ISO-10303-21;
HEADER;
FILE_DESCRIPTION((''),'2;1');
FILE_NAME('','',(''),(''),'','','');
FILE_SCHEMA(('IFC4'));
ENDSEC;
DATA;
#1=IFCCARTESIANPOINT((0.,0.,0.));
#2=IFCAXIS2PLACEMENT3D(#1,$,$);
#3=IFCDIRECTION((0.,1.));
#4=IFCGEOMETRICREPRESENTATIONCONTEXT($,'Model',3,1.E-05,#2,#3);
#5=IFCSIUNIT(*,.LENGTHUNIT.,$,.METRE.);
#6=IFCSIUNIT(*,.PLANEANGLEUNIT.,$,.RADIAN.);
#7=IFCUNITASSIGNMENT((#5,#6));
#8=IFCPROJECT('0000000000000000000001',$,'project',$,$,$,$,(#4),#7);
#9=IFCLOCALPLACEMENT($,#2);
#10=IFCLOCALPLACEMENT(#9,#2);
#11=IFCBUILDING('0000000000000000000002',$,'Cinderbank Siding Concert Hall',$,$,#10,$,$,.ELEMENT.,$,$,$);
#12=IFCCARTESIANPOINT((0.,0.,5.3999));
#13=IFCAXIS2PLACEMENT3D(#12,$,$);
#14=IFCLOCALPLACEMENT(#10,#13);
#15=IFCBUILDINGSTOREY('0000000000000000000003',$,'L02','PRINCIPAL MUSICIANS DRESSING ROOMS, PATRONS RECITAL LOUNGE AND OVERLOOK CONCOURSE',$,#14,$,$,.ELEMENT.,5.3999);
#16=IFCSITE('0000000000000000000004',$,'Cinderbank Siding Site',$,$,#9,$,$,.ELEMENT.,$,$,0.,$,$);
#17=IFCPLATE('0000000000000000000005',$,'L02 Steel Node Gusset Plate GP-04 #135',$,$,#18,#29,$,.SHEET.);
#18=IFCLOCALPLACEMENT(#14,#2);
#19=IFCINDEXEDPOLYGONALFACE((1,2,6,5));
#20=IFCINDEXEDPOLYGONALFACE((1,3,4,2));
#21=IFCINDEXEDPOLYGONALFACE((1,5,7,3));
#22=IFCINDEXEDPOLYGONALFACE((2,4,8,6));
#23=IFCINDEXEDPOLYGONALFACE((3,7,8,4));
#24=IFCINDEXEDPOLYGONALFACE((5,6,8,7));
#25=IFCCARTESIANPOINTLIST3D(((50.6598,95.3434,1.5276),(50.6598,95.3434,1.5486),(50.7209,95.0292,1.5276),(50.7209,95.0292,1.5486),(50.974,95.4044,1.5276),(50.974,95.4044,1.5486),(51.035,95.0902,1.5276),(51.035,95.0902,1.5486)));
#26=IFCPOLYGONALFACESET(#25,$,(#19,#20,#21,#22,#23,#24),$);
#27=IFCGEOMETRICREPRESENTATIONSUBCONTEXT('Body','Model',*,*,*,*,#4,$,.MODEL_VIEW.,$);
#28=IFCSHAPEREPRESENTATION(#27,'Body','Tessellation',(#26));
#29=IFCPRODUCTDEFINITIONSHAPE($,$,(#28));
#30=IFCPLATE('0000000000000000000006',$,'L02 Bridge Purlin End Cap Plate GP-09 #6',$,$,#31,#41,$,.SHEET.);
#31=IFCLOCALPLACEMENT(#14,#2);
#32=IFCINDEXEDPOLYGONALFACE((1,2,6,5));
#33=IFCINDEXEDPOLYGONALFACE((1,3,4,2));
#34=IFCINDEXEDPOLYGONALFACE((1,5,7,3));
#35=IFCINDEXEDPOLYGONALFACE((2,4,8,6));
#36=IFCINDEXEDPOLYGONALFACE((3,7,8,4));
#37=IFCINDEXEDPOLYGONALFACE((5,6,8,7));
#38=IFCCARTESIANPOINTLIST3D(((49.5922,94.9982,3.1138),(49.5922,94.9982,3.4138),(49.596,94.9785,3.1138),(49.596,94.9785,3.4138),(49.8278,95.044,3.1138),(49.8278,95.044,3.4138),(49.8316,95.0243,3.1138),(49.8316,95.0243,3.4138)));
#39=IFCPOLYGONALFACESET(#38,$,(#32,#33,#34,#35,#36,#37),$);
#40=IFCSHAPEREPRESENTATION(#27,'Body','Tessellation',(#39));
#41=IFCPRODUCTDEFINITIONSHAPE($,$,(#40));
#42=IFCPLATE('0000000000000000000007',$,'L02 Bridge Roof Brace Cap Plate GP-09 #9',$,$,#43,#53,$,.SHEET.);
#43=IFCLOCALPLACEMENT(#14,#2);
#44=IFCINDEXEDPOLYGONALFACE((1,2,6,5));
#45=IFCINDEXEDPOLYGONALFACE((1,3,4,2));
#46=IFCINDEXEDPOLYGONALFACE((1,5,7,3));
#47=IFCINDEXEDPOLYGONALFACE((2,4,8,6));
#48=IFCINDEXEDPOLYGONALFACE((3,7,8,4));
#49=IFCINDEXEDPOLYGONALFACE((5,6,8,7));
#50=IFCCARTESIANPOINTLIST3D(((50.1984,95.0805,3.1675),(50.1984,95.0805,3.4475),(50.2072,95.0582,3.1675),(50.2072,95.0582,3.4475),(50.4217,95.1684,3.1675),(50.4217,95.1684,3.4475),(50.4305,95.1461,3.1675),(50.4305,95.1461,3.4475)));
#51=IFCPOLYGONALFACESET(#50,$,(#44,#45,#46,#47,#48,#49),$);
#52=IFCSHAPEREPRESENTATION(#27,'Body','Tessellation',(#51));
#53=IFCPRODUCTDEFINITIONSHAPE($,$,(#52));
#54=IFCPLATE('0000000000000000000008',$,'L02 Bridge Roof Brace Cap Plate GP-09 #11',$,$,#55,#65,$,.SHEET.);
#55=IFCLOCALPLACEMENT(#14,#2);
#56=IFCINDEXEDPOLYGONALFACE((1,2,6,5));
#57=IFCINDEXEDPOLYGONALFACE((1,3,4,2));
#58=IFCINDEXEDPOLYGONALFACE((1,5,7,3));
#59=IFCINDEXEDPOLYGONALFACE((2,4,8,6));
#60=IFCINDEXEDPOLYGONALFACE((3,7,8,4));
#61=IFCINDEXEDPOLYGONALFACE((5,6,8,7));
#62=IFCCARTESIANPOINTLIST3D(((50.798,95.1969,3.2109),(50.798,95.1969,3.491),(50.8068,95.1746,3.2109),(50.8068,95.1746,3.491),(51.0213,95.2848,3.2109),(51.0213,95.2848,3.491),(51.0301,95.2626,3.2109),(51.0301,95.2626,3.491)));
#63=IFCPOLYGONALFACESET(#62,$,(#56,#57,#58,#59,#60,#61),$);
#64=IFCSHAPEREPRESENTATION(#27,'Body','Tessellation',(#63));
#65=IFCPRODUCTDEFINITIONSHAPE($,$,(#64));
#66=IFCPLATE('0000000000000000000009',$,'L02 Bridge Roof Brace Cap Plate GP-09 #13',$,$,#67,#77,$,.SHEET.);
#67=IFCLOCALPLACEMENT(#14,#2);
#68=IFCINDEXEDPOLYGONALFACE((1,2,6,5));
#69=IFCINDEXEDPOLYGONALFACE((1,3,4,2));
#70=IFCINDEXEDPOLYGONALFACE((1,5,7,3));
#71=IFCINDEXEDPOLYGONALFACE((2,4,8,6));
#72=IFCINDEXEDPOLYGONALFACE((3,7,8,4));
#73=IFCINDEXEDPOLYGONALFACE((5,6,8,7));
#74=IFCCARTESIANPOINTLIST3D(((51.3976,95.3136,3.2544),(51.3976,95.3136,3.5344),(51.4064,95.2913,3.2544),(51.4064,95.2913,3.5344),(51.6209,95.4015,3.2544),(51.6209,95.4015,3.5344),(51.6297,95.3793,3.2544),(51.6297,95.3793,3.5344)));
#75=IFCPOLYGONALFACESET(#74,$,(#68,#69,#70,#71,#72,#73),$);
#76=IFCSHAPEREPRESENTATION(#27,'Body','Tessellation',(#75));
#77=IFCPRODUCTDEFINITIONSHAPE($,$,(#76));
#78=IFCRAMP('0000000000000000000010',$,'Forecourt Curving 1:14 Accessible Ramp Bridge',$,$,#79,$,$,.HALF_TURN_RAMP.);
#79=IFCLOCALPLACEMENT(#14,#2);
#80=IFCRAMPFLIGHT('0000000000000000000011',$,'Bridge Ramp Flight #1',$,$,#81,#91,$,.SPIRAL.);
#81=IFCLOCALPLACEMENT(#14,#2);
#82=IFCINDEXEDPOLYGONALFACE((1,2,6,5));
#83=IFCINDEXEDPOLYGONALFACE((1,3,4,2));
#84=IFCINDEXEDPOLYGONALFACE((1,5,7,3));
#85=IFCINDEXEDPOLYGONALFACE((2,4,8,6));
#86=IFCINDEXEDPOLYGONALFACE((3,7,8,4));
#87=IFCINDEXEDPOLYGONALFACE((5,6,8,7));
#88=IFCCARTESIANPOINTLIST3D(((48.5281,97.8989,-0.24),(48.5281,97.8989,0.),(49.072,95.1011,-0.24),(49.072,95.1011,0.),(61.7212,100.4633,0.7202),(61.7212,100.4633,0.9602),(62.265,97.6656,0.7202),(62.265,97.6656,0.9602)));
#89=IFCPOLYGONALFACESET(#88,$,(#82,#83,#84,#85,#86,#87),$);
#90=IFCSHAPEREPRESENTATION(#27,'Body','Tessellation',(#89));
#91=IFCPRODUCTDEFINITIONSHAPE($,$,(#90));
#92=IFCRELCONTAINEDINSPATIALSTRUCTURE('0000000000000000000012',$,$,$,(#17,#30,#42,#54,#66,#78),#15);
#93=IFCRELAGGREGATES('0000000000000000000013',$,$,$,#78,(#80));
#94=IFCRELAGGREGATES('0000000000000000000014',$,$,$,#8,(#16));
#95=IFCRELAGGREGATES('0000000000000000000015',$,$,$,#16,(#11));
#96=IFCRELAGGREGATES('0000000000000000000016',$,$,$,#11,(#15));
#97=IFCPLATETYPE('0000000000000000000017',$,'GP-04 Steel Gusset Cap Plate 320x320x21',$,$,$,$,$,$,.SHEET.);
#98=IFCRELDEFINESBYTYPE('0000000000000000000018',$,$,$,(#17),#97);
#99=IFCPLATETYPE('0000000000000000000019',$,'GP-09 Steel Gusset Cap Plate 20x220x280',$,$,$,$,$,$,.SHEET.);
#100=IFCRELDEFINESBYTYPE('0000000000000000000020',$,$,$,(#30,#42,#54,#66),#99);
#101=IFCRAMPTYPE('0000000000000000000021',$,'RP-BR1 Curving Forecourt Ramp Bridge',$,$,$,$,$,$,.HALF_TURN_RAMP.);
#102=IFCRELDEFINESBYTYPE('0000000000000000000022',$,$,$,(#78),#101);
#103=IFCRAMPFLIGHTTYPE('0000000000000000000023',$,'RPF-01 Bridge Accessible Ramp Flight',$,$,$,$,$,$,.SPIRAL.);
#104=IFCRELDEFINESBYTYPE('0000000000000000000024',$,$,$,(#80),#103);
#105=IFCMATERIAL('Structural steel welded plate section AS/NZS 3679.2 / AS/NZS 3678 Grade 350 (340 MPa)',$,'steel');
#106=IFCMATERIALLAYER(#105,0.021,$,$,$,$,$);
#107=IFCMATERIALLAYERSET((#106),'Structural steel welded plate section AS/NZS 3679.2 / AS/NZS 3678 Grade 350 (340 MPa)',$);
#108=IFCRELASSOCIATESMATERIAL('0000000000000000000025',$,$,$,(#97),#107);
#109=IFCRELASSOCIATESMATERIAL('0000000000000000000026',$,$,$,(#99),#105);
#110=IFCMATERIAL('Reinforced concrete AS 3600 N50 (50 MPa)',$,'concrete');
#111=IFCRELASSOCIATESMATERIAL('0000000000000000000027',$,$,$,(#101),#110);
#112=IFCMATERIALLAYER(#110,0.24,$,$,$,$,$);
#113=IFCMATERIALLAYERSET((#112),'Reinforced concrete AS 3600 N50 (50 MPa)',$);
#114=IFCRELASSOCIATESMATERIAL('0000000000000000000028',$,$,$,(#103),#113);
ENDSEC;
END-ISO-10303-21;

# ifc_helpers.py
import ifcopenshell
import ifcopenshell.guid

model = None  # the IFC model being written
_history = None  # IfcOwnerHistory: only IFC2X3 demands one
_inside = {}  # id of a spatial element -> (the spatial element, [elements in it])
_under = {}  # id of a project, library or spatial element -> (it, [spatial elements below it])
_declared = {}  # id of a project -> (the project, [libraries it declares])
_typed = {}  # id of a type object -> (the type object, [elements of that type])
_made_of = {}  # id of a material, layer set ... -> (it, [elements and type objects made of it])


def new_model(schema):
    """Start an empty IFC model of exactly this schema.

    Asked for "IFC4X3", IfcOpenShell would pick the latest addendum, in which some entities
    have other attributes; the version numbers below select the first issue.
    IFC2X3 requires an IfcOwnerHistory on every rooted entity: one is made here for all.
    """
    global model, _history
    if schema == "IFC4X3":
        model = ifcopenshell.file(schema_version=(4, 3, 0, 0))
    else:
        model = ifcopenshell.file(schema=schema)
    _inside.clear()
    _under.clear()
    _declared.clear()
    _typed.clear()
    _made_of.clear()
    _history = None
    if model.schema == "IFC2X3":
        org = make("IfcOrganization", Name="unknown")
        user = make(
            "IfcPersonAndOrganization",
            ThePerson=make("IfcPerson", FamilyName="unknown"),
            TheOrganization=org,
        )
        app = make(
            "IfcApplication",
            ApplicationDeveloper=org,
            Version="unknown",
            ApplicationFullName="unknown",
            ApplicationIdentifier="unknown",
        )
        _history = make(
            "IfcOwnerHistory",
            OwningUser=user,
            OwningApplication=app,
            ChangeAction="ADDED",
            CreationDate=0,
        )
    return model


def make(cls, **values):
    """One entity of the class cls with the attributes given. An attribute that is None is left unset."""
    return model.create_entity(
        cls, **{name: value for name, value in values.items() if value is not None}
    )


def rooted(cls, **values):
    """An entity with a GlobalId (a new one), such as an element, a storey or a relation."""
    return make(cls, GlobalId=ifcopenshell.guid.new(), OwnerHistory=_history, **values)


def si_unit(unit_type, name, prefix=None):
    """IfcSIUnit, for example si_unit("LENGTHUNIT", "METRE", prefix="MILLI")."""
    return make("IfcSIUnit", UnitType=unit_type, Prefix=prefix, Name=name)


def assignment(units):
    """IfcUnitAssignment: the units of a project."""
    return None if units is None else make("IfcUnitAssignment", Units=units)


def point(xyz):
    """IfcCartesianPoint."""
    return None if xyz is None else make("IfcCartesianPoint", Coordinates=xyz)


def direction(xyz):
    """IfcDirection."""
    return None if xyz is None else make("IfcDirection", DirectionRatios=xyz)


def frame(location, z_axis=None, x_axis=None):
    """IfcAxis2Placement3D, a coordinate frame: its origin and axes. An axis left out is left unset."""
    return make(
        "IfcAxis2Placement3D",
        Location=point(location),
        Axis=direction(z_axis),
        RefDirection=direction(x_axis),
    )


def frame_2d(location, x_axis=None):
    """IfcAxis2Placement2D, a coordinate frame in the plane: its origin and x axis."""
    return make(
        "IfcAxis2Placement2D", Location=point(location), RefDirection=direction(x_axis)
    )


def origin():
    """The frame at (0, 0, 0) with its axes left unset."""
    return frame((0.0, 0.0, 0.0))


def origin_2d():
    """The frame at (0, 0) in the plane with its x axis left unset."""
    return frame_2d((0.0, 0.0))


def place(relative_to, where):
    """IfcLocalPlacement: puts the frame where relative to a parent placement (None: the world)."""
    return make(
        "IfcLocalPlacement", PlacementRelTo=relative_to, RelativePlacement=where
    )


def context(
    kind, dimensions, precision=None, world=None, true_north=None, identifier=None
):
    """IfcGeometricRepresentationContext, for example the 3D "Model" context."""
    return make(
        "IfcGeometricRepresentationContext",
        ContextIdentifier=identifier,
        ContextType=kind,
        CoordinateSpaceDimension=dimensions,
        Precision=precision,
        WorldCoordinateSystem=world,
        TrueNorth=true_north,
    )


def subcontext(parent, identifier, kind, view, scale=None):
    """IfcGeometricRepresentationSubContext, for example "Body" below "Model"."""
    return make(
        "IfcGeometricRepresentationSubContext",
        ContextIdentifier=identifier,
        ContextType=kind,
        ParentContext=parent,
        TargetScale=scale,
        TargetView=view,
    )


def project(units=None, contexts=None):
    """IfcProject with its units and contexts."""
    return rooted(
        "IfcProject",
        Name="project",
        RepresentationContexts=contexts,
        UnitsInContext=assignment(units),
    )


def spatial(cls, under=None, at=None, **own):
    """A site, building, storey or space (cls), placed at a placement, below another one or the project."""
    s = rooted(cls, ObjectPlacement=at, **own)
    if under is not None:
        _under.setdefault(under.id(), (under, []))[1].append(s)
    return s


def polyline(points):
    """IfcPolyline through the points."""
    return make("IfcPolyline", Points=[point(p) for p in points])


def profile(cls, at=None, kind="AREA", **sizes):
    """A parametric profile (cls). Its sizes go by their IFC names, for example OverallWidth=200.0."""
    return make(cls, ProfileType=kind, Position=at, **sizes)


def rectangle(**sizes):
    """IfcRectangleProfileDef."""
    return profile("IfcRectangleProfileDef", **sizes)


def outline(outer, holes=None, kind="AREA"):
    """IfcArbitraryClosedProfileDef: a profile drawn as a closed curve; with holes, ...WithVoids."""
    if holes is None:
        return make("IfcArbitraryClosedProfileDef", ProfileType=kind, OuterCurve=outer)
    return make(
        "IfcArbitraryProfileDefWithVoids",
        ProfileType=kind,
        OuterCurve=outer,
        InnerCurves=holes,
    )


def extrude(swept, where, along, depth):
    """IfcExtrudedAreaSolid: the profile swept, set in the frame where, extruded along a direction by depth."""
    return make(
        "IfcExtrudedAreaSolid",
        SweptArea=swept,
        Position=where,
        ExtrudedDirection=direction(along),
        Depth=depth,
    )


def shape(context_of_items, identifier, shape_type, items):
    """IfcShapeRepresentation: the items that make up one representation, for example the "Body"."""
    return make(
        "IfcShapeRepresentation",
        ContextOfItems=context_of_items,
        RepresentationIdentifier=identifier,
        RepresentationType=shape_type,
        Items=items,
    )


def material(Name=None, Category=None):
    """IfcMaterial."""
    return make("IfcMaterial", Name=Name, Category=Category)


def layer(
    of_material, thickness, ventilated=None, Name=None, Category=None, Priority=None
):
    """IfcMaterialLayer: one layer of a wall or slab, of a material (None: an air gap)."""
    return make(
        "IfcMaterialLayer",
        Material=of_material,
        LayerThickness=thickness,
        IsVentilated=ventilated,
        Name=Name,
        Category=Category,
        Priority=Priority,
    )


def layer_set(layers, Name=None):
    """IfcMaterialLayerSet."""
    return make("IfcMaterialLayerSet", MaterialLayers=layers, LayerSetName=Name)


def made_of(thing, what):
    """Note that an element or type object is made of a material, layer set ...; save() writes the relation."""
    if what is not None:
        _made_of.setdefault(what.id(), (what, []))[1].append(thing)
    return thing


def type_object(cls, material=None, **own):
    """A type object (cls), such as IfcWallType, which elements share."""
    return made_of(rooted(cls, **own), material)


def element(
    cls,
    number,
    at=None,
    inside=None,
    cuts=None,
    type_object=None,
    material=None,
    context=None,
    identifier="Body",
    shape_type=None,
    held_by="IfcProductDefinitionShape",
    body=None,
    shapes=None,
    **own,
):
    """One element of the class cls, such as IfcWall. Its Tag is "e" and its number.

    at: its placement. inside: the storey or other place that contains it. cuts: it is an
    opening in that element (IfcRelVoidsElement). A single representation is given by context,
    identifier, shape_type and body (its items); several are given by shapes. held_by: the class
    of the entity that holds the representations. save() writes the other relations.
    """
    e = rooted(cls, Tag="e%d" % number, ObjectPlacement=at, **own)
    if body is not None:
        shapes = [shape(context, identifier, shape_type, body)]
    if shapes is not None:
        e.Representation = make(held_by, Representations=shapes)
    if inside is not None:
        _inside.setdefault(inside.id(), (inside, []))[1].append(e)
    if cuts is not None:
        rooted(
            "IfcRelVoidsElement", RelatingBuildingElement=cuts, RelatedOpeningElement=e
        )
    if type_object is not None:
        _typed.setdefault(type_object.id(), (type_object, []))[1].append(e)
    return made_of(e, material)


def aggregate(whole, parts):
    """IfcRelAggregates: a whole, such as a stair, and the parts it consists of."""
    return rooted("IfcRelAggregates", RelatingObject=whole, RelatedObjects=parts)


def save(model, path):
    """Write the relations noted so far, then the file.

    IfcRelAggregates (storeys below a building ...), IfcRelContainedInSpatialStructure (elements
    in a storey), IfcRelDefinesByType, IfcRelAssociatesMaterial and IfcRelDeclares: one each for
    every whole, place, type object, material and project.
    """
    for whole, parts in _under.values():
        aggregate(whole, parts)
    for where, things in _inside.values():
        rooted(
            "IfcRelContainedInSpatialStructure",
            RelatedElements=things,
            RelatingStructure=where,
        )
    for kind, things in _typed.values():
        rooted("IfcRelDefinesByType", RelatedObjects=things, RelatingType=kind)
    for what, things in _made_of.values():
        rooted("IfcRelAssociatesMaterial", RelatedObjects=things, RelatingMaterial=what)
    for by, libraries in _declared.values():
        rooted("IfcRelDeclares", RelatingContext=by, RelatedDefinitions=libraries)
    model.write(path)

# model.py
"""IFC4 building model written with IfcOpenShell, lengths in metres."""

from ifc_helpers import new_model, si_unit, direction, frame, origin, origin_2d, place, context, subcontext, project, spatial, polyline, rectangle, outline, extrude, material, layer, layer_set, type_object, element, aggregate, save


model = new_model("IFC4")

# Units and contexts
model_context = context("Model", 3, precision=1e-05, world=origin(), true_north=direction((0.0, 1.0)))
body_context = subcontext(model_context, "Body", "Model", "MODEL_VIEW")
ifc_project = project(units=[si_unit("LENGTHUNIT", "METRE"), si_unit("PLANEANGLEUNIT", "RADIAN")], contexts=[model_context])

# Site, building, storey
site_placement = place(None, origin())
site = spatial("IfcSite", under=ifc_project, at=site_placement, Name="Cinderbank Siding Site", CompositionType="ELEMENT", RefElevation=0.0)
building_placement = place(site_placement, origin())
building = spatial("IfcBuilding", under=site, at=building_placement, Name="Cinderbank Siding Concert Hall", CompositionType="ELEMENT")
storey_placement = place(building_placement, frame((0.0, 0.0, 5.3999)))
storey = spatial("IfcBuildingStorey", under=building, at=storey_placement, Name="L02", Description="PRINCIPAL MUSICIANS DRESSING ROOMS, PATRONS RECITAL LOUNGE AND OVERLOOK CONCOURSE", CompositionType="ELEMENT", Elevation=5.3999)

# Plates
ifc_material_1 = material(Name="Structural steel welded plate section AS/NZS 3679.2 / AS/NZS 3678 Grade 350 (340 MPa)", Category="steel")
ifc_layer_1 = layer(ifc_material_1, 0.021)
ifc_layer_set_1 = layer_set([ifc_layer_1], Name="Structural steel welded plate section AS/NZS 3679.2 / AS/NZS 3678 Grade 350 (340 MPa)")
plate_type_1 = type_object("IfcPlateType", Name="GP-04 Steel Gusset Cap Plate 320x320x21", PredefinedType="SHEET", material=ifc_layer_set_1)
plate_1_placement = place(storey_placement, frame((50.8474, 95.2168, 1.5276), z_axis=(0.0, 0.0, 1.0), x_axis=(0.981627, 0.190809, 0.0)))
element("IfcPlate", 1, at=plate_1_placement, inside=storey, type_object=plate_type_1, Name="L02 Steel Node Gusset Plate GP-04 #135", PredefinedType="SHEET", context=body_context, shape_type="SweptSolid", body=[
    extrude(rectangle(XDim=0.3201, YDim=0.3201, at=origin_2d()), origin(), (0.0, 0.0, 1.0), 0.021),
])
plate_type_2 = type_object("IfcPlateType", Name="GP-09 Steel Gusset Cap Plate 20x220x280", PredefinedType="SHEET", material=ifc_material_1)
plate_2_placement = place(storey_placement, frame((49.7119, 95.0112, 3.1138), z_axis=(0.0, 0.0, 1.0), x_axis=(-0.190809, 0.981627, 0.0)))
element("IfcPlate", 2, at=plate_2_placement, inside=storey, type_object=plate_type_2, Name="L02 Bridge Purlin End Cap Plate GP-09 #6", PredefinedType="SHEET", context=body_context, shape_type="SweptSolid", body=[
    extrude(rectangle(XDim=0.02, YDim=0.24, at=origin_2d()), origin(), (0.0, 0.0, 1.0), 0.3),
])
for number, where, z_axis, x_axis, name in (
    (3, (50.3145, 95.1133, 3.1675), (0.0, 0.0, 1.0), (0.366339, -0.930482, 0.0), "L02 Bridge Roof Brace Cap Plate GP-09 #9"),
    (4, (50.9141, 95.2297, 3.2109), (0.0, 0.0, 1.0), (0.366339, -0.930482, 0.0), "L02 Bridge Roof Brace Cap Plate GP-09 #11"),
    (5, (51.5137, 95.3464, 3.2544), (0.0, 0.0, 1.0), (0.366339, -0.930482, 0.0), "L02 Bridge Roof Brace Cap Plate GP-09 #13"),
):
    element("IfcPlate", number, at=place(storey_placement, frame(where, z_axis=z_axis, x_axis=x_axis)), inside=storey, type_object=plate_type_2, Name=name, PredefinedType="SHEET", context=body_context, shape_type="SweptSolid", body=[
        extrude(rectangle(XDim=0.0239, YDim=0.24, at=origin_2d()), origin(), (0.0, 0.0, 1.0), 0.28),
    ])

# Ramp, ramp flight
ifc_material_2 = material(Name="Reinforced concrete AS 3600 N50 (50 MPa)", Category="concrete")
ramp_type = type_object("IfcRampType", Name="RP-BR1 Curving Forecourt Ramp Bridge", PredefinedType="HALF_TURN_RAMP", material=ifc_material_2)
ramp_placement = place(storey_placement, origin())
ramp = element("IfcRamp", 6, at=ramp_placement, inside=storey, type_object=ramp_type, Name="Forecourt Curving 1:14 Accessible Ramp Bridge", PredefinedType="HALF_TURN_RAMP")
ifc_layer_2 = layer(ifc_material_2, 0.24)
ifc_layer_set_2 = layer_set([ifc_layer_2], Name="Reinforced concrete AS 3600 N50 (50 MPa)")
ramp_flight_type = type_object("IfcRampFlightType", Name="RPF-01 Bridge Accessible Ramp Flight", PredefinedType="SPIRAL", material=ifc_layer_set_2)
ramp_flight_placement = place(storey_placement, frame((48.8, 96.5, 0.0), z_axis=(0.0, 0.0, 1.0), x_axis=(0.981628, 0.190807, 0.0)))
ramp_flight = element("IfcRampFlight", 7, at=ramp_flight_placement, type_object=ramp_flight_type, Name="Bridge Ramp Flight #1", PredefinedType="SPIRAL", context=body_context, shape_type="SweptSolid", body=[
    extrude(outline(polyline([(0.0, 0.0), (13.4399, 0.9602), (13.4399, 0.7202), (0.0, -0.24), (0.0, 0.0)])), frame((0.0, 1.425, 0.0), z_axis=(0.0, -1.0, 0.0), x_axis=(1.0, 0.0, 0.0)), (0.0, 0.0, 1.0), 2.8501),
])
aggregate(ramp, [ramp_flight])

save(model, "model.ifc")
